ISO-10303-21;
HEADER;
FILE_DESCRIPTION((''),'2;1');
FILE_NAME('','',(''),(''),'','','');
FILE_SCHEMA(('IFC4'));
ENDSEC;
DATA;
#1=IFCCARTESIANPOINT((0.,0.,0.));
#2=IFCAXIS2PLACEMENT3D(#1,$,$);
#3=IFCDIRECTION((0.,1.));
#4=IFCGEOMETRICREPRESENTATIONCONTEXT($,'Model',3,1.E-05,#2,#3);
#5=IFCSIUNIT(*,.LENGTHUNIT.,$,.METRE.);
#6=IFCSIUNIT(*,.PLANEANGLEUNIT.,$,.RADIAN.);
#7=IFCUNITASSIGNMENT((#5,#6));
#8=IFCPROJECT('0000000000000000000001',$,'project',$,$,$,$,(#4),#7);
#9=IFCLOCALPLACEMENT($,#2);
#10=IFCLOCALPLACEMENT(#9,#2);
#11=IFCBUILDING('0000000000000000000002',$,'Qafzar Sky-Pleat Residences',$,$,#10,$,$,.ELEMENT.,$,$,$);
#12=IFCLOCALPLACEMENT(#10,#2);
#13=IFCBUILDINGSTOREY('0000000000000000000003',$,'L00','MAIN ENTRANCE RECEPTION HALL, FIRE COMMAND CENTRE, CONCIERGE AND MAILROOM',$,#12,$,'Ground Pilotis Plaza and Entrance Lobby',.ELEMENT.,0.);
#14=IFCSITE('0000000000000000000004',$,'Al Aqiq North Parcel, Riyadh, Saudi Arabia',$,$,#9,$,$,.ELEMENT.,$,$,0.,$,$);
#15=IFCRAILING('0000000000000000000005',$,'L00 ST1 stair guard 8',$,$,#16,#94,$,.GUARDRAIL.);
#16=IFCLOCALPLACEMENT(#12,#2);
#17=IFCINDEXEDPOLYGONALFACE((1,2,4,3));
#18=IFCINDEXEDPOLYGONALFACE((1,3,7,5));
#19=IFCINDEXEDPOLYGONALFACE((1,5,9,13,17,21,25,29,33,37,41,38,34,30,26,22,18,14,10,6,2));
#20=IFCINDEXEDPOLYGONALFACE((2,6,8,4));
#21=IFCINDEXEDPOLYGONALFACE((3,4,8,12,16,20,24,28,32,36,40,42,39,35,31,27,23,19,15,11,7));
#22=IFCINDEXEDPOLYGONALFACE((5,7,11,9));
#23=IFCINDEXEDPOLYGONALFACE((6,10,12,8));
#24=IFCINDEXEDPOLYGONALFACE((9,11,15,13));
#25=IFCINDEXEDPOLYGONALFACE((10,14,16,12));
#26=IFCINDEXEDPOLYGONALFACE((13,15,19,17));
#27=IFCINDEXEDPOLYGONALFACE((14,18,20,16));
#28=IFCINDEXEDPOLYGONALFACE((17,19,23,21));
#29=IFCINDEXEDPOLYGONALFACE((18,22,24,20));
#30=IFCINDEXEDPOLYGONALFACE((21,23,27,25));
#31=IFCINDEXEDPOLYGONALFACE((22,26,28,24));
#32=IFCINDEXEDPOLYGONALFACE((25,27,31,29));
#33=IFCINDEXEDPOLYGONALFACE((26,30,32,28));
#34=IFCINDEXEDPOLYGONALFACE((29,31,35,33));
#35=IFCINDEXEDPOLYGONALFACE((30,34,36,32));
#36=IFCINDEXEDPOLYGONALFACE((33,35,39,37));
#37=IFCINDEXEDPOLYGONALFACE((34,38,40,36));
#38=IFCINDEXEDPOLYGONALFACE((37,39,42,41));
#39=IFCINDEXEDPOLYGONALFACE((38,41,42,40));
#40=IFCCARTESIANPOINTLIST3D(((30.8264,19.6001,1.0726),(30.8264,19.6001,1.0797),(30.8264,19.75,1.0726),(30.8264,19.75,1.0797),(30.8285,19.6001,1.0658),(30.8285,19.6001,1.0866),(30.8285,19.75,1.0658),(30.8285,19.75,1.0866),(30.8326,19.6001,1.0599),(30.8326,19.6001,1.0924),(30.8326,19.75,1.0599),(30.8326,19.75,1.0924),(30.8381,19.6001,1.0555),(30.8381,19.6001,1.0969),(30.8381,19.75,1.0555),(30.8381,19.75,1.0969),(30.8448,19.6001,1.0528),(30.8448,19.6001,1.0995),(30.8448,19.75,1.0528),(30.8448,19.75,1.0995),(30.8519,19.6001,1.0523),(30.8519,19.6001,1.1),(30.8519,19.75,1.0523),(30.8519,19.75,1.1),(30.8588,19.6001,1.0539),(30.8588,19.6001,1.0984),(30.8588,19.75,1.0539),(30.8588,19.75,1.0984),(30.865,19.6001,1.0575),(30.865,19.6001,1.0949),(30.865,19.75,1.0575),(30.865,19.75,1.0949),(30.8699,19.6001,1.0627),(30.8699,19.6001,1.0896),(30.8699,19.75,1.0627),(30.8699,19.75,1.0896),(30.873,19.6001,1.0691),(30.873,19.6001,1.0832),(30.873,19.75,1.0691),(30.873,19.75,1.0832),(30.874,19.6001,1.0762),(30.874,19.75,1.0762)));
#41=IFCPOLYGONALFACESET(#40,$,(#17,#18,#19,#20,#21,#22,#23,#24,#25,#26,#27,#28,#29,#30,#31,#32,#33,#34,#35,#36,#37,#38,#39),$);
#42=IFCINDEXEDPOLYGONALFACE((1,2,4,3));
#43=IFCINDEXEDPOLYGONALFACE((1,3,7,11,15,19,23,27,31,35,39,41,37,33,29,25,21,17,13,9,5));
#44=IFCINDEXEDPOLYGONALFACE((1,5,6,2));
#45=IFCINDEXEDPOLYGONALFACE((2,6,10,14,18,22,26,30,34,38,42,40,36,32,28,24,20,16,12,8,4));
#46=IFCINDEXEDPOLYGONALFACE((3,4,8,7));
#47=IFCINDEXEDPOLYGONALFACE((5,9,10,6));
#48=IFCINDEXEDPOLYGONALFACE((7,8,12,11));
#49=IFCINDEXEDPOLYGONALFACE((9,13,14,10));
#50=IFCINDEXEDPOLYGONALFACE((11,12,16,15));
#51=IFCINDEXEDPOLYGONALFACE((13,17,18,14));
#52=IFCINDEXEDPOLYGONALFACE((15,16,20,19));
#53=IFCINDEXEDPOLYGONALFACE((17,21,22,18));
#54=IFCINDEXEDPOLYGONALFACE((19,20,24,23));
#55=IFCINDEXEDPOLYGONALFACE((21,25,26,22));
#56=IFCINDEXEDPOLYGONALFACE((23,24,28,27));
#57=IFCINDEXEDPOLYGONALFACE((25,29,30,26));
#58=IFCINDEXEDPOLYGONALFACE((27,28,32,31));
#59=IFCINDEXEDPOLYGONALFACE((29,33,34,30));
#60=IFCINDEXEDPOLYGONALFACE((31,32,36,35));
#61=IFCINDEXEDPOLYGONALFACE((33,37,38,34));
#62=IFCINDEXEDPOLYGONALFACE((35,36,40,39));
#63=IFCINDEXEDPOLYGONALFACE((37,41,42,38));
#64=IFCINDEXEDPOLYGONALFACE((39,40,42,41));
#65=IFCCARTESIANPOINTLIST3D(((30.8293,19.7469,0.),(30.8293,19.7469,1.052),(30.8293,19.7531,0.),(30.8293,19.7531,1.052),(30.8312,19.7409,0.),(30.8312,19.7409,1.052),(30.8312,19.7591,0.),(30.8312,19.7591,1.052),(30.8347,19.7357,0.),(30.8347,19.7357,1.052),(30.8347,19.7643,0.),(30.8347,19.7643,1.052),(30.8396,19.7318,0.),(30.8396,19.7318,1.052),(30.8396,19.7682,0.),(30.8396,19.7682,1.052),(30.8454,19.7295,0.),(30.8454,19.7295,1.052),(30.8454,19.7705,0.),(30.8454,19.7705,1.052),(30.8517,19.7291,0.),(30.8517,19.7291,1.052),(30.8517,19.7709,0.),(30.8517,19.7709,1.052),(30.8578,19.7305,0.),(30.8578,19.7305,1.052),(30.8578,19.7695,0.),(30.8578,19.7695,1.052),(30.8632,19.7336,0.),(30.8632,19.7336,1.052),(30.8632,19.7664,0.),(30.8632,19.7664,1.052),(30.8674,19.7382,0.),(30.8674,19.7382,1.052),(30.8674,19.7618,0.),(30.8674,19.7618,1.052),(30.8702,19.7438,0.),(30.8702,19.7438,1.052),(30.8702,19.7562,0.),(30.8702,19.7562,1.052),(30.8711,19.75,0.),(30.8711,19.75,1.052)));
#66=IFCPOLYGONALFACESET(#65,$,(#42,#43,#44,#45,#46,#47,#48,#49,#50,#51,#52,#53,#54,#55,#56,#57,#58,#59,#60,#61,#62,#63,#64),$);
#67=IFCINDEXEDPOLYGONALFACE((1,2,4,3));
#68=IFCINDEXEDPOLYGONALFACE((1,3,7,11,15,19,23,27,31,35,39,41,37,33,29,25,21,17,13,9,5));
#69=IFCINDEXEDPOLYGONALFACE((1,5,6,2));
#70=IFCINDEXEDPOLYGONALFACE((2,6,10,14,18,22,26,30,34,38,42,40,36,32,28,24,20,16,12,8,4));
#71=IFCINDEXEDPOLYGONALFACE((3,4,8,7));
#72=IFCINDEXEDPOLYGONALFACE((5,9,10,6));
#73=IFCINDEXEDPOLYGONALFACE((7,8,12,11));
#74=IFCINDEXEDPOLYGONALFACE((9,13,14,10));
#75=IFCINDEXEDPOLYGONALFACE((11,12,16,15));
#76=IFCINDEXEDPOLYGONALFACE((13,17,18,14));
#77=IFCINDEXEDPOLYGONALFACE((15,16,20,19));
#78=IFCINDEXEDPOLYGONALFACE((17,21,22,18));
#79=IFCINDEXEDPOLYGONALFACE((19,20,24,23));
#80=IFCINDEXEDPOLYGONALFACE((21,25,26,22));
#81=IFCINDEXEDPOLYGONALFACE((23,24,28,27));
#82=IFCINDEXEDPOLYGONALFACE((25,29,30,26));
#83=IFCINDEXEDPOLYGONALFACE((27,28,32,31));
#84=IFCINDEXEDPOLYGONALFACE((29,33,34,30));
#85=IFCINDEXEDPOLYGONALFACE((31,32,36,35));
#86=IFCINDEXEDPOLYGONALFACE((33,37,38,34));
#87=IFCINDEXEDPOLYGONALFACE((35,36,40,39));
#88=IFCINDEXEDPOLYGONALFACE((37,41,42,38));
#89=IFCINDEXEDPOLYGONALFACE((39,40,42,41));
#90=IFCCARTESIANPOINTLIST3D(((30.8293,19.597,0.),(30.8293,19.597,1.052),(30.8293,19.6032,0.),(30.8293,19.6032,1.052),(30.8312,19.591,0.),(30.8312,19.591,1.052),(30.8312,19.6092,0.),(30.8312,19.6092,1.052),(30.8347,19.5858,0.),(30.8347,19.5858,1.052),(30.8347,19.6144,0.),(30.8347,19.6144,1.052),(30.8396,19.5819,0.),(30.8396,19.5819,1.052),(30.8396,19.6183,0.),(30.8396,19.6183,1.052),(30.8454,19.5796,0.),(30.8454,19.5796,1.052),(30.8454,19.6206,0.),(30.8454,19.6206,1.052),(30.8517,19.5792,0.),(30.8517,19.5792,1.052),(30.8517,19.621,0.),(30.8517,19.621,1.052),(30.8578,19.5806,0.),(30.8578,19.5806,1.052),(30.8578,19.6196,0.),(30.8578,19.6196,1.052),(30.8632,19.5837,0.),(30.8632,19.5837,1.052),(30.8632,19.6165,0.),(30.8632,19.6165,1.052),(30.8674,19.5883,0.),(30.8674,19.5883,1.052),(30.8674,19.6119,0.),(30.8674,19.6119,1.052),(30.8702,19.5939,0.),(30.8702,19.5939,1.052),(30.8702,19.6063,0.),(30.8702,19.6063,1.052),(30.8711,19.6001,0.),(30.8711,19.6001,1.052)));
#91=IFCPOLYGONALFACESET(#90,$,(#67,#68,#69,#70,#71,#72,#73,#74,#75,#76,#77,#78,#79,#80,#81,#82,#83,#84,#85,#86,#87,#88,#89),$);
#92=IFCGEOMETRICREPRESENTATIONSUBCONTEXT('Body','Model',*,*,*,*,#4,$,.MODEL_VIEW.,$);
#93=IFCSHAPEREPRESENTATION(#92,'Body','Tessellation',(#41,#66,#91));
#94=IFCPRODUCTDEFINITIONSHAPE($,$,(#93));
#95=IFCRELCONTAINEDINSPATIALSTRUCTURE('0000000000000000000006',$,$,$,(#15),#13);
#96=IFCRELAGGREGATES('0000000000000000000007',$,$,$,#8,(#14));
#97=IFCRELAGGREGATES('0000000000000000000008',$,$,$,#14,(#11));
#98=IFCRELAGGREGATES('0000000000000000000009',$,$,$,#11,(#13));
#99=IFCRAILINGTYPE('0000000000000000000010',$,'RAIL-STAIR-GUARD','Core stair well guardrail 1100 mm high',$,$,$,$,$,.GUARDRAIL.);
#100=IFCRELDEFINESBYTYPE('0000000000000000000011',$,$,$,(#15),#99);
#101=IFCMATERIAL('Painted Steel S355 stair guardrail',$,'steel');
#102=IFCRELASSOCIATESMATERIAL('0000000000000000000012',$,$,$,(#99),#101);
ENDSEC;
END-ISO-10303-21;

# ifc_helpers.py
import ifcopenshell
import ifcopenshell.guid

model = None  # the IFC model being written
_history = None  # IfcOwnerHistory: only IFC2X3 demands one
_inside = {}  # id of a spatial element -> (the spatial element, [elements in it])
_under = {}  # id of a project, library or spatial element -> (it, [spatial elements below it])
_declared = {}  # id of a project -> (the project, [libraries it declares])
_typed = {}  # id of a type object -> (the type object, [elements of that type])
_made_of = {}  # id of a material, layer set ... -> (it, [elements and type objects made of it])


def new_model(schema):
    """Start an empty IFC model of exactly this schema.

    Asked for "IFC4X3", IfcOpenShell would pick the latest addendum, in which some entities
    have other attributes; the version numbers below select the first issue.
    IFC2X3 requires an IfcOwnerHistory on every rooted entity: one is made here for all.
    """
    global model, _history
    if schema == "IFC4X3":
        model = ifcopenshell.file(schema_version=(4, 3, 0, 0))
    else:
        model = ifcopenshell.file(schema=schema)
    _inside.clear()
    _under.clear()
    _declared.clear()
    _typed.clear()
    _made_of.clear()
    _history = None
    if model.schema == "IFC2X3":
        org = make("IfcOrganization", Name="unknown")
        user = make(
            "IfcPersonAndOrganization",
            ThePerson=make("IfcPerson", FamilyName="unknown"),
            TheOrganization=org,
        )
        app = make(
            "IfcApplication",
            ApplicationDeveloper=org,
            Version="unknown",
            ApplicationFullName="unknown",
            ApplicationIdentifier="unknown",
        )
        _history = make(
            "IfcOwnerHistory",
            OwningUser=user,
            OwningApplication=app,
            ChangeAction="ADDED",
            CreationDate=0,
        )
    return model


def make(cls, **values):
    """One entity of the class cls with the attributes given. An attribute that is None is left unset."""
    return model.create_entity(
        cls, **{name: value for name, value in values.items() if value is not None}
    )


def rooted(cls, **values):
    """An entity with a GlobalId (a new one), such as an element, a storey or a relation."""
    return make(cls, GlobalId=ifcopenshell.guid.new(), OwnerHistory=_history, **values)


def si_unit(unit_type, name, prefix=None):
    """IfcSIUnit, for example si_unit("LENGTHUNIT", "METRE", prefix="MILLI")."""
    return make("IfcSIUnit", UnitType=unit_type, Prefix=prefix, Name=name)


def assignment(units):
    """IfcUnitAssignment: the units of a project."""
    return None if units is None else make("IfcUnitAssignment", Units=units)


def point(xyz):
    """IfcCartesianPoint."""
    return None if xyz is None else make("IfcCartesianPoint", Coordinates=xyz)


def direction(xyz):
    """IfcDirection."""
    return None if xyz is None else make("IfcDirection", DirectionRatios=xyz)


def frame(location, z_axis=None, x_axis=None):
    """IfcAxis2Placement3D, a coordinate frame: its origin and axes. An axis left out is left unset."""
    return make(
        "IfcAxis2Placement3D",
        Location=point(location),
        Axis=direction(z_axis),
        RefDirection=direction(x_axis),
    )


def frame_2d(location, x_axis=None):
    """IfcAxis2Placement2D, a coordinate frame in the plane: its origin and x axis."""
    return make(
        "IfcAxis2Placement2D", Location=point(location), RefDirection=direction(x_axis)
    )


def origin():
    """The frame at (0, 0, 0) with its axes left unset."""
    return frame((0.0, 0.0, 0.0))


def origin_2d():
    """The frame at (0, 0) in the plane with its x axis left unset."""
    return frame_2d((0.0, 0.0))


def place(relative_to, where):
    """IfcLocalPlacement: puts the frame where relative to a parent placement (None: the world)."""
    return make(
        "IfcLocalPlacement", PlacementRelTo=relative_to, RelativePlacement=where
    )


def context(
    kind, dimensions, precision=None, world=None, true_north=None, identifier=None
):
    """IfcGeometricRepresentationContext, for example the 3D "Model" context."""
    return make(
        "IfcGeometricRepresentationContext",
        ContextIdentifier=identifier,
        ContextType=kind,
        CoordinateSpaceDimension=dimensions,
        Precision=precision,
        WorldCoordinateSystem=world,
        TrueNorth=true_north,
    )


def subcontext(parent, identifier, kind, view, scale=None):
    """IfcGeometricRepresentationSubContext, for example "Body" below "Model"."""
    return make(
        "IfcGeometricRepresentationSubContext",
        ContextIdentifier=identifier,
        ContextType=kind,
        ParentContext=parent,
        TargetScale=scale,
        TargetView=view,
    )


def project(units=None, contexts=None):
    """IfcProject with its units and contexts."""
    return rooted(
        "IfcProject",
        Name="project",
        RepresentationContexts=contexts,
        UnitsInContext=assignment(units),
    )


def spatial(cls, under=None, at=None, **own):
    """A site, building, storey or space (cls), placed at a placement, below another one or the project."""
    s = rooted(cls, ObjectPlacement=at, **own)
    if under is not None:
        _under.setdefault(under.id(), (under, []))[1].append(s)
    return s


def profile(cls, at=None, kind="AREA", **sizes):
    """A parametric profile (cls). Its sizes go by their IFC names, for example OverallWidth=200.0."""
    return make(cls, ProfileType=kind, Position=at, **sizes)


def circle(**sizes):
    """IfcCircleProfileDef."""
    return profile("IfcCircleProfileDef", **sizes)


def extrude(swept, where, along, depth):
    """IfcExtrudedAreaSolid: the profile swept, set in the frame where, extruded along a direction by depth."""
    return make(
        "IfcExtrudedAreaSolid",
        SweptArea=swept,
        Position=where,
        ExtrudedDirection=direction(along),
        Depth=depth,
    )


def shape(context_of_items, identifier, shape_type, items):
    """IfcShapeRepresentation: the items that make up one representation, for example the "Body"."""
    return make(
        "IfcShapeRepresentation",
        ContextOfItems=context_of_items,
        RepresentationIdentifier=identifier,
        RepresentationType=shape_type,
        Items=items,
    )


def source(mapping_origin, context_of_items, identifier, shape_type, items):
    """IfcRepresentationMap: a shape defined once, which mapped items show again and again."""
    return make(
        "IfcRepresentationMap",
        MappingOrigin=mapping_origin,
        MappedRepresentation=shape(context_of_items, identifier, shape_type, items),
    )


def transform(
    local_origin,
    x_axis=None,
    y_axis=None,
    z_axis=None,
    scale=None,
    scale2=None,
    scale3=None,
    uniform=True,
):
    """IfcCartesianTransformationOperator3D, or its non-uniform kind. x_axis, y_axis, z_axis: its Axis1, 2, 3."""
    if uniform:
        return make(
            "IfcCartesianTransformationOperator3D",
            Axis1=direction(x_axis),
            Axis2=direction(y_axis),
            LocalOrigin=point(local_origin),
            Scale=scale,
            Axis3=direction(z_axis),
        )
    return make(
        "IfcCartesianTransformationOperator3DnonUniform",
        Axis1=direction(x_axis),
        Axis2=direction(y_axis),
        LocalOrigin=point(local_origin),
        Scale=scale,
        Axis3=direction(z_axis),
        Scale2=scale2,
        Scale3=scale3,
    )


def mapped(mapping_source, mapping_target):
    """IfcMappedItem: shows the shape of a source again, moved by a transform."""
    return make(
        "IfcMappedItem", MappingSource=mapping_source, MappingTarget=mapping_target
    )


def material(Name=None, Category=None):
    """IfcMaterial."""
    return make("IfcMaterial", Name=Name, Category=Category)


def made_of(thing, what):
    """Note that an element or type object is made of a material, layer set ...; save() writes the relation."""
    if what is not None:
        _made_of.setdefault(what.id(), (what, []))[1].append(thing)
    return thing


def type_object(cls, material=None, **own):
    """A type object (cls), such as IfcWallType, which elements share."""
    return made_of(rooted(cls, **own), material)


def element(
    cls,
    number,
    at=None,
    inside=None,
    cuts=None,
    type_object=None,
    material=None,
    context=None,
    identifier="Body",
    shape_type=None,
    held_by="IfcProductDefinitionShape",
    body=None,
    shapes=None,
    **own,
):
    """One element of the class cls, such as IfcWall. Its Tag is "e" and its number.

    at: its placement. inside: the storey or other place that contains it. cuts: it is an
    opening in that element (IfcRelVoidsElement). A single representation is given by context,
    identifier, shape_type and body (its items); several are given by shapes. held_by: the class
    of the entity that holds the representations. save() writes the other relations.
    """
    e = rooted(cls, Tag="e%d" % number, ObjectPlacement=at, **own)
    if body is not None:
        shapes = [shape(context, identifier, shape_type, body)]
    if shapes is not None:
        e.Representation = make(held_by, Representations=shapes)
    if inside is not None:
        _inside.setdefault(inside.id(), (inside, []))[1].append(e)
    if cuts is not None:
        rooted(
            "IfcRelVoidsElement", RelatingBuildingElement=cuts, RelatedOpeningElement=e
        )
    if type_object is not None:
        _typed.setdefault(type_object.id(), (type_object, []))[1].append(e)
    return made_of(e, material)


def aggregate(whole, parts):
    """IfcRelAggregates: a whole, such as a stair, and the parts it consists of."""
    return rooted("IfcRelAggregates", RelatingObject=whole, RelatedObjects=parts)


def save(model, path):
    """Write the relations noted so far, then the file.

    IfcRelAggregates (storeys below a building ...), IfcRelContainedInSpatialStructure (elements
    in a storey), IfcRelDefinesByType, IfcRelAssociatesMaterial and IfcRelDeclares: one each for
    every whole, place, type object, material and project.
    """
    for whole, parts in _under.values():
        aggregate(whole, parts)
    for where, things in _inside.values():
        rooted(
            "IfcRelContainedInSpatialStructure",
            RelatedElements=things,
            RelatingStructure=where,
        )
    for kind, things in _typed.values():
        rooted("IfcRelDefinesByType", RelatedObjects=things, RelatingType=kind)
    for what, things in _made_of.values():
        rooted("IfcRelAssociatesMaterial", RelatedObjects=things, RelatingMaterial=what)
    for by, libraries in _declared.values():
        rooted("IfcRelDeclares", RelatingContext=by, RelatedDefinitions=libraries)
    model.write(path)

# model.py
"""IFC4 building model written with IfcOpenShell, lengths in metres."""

from ifc_helpers import new_model, si_unit, direction, frame, origin, origin_2d, place, context, subcontext, project, spatial, circle, extrude, source, transform, mapped, material, type_object, element, save


model = new_model("IFC4")

# Units and contexts
model_context = context("Model", 3, precision=1e-05, world=origin(), true_north=direction((0.0, 1.0)))
body_context = subcontext(model_context, "Body", "Model", "MODEL_VIEW")
ifc_project = project(units=[si_unit("LENGTHUNIT", "METRE"), si_unit("PLANEANGLEUNIT", "RADIAN")], contexts=[model_context])

# Site, building, storey
site_placement = place(None, origin())
site = spatial("IfcSite", under=ifc_project, at=site_placement, Name="Al Aqiq North Parcel, Riyadh, Saudi Arabia", CompositionType="ELEMENT", RefElevation=0.0)
building_placement = place(site_placement, origin())
building = spatial("IfcBuilding", under=site, at=building_placement, Name="Qafzar Sky-Pleat Residences", CompositionType="ELEMENT")
storey_placement = place(building_placement, origin())
storey = spatial("IfcBuildingStorey", under=building, at=storey_placement, Name="L00", Description="MAIN ENTRANCE RECEPTION HALL, FIRE COMMAND CENTRE, CONCIERGE AND MAILROOM", LongName="Ground Pilotis Plaza and Entrance Lobby", CompositionType="ELEMENT", Elevation=0.0)

# Railing
ifc_material_1 = material(Name="Painted Steel S355 stair guardrail", Category="steel")
railing_type_1 = type_object("IfcRailingType", Name="RAIL-STAIR-GUARD", Description="Core stair well guardrail 1100 mm high", PredefinedType="GUARDRAIL", material=ifc_material_1)
shared_shape_1 = source(origin(), body_context, "Body", "SweptSolid", [
    extrude(circle(Radius=0.0239, at=origin_2d()), frame((0.0, 0.0, 1.0762), z_axis=(0.0, -1.0, 0.0), x_axis=(1.0, 0.0, 0.0)), (0.0, 0.0, 1.0), 0.1499),
    extrude(circle(Radius=0.021, at=origin_2d()), origin(), (0.0, 0.0, 1.0), 1.052),
    extrude(circle(Radius=0.021, at=origin_2d()), frame((0.0, -0.1499, 0.0)), (0.0, 0.0, 1.0), 1.052),
])
for number, where, name in (
    (1, (30.8501, 19.75, 0.0), "L00 ST1 stair guard 8"),
):
    element("IfcRailing", number, at=place(storey_placement, frame(where)), inside=storey, type_object=railing_type_1, Name=name, PredefinedType="GUARDRAIL", context=body_context, shape_type="MappedRepresentation", body=[
        mapped(shared_shape_1, transform((0.0, 0.0, 0.0), x_axis=(1.0, 0.0, 0.0), y_axis=(0.0, 1.0, 0.0), z_axis=(0.0, 0.0, 1.0), scale=1.0)),
    ])

save(model, "model.ifc")
